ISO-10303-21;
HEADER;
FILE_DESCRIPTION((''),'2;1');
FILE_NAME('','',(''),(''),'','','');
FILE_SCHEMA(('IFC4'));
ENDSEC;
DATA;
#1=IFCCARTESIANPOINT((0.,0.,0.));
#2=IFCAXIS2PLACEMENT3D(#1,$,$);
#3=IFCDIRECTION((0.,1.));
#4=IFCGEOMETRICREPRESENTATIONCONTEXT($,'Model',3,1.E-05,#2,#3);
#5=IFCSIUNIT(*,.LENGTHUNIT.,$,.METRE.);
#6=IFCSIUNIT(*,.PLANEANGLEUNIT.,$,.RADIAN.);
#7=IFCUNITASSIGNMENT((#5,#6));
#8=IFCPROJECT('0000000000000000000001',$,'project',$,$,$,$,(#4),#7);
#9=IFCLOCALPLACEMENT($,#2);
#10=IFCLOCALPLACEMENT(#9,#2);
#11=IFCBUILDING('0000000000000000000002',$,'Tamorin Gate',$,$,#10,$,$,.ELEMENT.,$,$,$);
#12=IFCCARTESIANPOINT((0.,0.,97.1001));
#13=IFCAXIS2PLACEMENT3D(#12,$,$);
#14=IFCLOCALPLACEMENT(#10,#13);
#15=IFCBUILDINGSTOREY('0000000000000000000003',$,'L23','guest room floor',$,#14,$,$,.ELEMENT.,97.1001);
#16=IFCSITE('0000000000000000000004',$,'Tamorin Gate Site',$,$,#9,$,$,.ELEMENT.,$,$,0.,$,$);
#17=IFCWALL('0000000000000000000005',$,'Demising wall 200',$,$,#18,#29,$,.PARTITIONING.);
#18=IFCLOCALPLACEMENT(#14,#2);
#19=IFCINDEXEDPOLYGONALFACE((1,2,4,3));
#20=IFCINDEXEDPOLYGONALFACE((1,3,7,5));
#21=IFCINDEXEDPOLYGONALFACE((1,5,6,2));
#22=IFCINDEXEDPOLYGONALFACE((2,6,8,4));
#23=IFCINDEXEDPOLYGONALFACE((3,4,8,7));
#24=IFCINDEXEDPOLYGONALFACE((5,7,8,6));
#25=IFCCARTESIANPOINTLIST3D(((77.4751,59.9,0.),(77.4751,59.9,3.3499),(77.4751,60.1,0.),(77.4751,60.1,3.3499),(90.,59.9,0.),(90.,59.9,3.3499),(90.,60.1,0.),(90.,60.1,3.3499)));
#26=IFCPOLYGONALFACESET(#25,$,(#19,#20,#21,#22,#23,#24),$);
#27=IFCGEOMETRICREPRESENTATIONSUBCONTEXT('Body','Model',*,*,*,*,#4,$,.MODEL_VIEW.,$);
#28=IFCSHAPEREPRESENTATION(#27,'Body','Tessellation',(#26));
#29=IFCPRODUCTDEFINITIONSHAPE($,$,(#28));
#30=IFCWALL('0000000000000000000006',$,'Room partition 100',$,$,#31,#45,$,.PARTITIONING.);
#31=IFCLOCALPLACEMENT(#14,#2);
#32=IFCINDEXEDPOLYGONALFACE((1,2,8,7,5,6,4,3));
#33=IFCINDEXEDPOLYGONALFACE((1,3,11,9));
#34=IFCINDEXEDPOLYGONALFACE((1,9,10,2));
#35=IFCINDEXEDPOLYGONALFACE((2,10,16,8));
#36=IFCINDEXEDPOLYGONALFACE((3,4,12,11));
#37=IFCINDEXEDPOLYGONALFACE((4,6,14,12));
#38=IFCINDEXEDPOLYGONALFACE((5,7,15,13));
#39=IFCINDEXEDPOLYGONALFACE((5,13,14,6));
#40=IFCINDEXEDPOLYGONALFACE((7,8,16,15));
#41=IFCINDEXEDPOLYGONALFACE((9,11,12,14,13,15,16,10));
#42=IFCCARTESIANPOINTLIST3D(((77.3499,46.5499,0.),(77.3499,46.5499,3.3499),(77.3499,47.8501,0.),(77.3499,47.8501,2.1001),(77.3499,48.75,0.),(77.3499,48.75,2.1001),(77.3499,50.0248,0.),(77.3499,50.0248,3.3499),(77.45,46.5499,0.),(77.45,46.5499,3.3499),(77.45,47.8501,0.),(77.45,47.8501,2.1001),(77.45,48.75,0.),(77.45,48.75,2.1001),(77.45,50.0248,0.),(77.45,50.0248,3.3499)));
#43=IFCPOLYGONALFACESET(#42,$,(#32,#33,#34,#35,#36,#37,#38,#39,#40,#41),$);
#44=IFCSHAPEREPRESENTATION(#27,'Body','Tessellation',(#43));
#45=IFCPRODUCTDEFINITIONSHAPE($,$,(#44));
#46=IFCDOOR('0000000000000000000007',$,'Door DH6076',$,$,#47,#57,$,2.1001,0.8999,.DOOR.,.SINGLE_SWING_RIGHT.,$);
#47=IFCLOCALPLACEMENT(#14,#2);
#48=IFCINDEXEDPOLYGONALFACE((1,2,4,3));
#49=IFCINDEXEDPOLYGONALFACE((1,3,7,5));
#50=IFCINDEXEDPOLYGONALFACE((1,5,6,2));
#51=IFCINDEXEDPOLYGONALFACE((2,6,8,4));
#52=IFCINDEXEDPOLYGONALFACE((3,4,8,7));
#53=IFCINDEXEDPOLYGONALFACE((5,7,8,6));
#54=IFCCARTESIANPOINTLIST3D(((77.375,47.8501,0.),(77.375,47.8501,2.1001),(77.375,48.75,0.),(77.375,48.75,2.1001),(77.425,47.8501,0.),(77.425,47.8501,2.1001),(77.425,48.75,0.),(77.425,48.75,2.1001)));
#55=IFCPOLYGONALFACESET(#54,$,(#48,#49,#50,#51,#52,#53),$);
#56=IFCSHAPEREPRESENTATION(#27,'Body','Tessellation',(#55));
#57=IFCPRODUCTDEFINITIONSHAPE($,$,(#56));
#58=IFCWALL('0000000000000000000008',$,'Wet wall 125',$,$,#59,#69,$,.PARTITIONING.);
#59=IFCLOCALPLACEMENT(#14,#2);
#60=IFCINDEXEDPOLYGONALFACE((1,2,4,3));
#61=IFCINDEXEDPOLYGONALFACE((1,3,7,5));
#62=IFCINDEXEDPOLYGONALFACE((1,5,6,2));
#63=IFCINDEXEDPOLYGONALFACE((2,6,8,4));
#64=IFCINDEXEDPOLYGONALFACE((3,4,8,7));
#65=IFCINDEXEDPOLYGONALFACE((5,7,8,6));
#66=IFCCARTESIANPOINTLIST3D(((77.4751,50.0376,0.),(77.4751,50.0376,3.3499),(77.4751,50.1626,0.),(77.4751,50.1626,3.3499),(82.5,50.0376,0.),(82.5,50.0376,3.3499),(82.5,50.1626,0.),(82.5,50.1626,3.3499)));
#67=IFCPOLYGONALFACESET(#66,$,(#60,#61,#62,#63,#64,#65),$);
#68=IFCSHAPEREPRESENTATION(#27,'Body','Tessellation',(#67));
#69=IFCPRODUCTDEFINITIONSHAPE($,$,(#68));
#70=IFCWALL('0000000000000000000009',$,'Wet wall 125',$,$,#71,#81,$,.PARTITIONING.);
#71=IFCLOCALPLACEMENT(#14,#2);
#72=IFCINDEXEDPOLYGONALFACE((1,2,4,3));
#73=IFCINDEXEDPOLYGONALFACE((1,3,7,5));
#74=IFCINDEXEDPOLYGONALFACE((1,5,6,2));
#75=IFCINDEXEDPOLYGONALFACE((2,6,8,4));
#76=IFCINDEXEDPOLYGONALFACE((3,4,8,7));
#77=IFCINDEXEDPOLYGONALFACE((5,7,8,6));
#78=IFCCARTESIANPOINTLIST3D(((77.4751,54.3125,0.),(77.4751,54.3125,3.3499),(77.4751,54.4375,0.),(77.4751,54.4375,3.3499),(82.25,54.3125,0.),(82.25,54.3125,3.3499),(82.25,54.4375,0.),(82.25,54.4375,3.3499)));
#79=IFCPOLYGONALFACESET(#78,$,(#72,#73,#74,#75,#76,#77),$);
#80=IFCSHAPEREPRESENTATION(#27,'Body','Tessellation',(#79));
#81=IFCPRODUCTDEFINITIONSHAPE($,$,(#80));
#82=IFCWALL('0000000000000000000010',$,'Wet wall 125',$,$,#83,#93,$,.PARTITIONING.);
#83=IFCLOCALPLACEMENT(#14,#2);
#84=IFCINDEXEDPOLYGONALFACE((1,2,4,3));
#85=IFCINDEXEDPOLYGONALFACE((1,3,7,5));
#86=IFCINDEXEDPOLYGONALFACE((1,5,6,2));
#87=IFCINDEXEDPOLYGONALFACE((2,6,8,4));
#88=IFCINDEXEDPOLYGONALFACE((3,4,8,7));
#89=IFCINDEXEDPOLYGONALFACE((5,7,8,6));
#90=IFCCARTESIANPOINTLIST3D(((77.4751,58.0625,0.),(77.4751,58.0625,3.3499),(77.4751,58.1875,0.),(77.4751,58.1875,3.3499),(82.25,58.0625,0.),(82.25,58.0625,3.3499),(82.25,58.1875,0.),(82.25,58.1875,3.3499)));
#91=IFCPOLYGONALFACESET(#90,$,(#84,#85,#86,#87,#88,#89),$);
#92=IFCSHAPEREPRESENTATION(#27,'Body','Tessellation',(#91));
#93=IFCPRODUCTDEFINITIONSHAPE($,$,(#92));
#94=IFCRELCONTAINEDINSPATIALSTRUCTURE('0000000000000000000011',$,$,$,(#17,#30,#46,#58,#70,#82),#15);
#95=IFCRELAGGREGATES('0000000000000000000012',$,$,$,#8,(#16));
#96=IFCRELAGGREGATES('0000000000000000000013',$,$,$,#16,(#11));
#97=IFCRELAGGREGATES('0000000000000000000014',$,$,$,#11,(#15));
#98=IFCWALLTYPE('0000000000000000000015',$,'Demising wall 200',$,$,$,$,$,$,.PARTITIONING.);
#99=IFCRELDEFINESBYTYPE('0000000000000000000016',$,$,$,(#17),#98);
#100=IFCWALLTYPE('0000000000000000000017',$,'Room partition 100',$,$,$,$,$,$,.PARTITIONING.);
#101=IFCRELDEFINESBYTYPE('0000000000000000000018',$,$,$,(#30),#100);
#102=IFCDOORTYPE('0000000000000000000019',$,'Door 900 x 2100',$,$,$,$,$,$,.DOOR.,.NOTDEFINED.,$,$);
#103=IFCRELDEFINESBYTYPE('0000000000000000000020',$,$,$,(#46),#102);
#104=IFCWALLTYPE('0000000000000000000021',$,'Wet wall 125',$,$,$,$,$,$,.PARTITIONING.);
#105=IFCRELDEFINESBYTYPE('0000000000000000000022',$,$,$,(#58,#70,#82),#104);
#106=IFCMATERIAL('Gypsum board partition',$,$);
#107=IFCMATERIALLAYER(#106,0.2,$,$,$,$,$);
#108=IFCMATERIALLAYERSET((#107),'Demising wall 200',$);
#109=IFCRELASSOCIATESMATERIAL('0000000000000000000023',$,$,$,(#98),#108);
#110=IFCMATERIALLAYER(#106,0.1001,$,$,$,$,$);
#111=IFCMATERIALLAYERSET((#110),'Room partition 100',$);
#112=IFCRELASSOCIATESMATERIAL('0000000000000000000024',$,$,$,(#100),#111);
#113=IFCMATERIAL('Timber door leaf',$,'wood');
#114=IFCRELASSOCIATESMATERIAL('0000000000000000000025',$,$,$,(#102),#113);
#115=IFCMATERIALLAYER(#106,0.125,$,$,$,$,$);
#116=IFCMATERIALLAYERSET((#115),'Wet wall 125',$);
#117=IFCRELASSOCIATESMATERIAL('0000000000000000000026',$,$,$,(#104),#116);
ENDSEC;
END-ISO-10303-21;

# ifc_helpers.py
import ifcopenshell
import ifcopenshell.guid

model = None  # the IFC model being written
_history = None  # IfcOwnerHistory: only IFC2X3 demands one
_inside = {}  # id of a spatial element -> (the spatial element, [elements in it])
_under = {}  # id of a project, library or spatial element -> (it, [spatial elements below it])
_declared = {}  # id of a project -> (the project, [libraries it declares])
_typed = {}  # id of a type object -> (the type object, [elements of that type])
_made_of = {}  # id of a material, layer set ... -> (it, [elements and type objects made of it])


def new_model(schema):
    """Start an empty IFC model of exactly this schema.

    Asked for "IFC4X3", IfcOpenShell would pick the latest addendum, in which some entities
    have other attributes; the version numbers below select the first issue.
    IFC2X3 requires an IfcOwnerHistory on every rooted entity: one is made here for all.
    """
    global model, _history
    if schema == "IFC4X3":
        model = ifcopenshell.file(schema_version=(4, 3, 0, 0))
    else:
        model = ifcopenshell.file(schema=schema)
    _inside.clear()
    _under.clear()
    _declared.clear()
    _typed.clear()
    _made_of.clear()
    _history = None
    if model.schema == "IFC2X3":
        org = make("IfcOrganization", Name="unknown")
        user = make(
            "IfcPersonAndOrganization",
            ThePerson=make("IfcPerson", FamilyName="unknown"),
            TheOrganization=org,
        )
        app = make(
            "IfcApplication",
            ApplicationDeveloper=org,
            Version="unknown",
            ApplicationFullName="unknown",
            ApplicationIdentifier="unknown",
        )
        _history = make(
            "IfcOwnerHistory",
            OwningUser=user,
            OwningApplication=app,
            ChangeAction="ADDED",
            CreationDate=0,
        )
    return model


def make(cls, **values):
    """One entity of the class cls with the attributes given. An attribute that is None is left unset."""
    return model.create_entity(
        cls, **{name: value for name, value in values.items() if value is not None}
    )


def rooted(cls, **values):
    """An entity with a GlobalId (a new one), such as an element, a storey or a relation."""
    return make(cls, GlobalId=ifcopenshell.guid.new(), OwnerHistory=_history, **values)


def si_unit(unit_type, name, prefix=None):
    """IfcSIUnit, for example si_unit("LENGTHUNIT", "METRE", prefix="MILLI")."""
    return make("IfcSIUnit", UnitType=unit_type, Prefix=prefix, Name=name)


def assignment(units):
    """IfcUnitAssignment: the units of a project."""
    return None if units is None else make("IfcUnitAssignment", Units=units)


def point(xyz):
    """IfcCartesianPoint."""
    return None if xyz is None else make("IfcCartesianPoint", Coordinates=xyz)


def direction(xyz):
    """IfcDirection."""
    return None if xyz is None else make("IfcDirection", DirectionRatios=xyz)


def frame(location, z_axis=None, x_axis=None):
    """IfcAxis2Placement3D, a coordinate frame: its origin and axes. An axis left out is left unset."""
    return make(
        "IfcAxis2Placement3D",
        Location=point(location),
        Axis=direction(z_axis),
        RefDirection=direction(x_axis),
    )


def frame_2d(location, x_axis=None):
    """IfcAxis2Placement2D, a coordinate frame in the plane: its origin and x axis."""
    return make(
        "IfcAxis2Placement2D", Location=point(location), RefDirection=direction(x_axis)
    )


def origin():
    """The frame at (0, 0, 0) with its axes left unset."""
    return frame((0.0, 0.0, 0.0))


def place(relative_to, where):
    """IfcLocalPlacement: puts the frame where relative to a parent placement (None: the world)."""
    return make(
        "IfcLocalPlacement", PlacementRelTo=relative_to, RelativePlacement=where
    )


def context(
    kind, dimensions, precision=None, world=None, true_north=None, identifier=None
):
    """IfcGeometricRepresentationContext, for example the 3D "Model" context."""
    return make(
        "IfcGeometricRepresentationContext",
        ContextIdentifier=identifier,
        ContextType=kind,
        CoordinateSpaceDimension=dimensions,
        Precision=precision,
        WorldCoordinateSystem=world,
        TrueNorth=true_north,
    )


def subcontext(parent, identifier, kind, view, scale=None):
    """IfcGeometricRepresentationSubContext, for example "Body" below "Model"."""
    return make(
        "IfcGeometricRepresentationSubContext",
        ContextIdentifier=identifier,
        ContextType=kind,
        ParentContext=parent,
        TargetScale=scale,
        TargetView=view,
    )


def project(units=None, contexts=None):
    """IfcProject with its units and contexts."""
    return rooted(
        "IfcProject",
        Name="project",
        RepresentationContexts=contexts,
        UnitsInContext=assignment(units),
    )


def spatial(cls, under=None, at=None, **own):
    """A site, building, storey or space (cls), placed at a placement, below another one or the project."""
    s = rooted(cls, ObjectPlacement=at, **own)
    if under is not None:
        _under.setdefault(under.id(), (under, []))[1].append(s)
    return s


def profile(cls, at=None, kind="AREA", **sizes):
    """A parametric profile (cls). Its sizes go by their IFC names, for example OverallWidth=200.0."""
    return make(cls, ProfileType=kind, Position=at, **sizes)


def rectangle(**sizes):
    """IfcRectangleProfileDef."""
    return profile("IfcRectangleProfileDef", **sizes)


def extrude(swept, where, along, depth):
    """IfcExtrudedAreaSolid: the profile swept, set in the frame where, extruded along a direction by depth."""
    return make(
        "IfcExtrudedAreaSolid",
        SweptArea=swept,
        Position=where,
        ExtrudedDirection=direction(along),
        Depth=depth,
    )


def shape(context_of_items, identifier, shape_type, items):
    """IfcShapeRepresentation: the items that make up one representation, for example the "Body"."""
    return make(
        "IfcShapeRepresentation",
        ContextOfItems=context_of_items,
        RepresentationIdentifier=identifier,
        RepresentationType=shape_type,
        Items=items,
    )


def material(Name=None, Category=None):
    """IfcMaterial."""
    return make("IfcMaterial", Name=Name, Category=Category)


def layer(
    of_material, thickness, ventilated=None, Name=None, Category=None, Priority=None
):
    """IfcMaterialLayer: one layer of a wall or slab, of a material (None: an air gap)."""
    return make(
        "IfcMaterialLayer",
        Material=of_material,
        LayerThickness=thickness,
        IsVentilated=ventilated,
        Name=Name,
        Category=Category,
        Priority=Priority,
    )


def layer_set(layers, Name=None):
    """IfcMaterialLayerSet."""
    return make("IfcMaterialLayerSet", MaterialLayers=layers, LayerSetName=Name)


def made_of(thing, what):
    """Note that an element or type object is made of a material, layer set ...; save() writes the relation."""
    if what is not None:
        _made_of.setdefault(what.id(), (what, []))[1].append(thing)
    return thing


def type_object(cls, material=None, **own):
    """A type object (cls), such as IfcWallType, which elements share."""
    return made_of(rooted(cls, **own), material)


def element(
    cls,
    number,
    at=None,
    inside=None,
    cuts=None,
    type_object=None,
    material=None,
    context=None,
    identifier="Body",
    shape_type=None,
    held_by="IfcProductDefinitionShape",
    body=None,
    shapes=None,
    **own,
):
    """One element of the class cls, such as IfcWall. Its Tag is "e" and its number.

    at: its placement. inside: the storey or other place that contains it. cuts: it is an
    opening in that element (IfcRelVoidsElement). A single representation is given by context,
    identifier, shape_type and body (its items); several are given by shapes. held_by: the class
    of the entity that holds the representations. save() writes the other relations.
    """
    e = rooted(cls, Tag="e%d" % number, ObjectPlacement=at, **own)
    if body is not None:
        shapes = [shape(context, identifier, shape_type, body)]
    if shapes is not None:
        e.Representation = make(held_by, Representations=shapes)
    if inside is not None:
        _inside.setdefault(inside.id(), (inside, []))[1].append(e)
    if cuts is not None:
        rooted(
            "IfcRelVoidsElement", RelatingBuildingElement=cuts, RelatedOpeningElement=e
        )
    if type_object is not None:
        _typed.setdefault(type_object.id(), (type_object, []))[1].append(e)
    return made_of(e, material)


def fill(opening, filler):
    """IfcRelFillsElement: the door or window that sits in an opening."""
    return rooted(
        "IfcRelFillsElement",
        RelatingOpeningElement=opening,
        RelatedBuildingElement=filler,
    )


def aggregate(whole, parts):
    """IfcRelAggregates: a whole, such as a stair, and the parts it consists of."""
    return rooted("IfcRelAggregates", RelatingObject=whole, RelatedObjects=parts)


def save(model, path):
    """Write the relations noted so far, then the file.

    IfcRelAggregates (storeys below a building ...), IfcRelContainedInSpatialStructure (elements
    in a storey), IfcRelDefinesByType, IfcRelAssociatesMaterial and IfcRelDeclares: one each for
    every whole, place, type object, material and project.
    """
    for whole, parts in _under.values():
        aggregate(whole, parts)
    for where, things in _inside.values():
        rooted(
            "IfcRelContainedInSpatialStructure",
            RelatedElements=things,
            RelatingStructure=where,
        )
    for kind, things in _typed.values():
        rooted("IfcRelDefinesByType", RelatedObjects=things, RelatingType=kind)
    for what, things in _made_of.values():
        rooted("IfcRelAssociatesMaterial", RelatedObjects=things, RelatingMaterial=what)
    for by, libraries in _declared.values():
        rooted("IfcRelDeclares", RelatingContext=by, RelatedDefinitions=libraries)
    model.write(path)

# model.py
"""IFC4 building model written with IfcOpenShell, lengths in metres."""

from ifc_helpers import new_model, si_unit, direction, frame, frame_2d, origin, place, context, subcontext, project, spatial, rectangle, extrude, material, layer, layer_set, type_object, element, fill, save


model = new_model("IFC4")

# Units and contexts
model_context = context("Model", 3, precision=1e-05, world=origin(), true_north=direction((0.0, 1.0)))
body_context = subcontext(model_context, "Body", "Model", "MODEL_VIEW")
ifc_project = project(units=[si_unit("LENGTHUNIT", "METRE"), si_unit("PLANEANGLEUNIT", "RADIAN")], contexts=[model_context])

# Site, building, storey
site_placement = place(None, origin())
site = spatial("IfcSite", under=ifc_project, at=site_placement, Name="Tamorin Gate Site", CompositionType="ELEMENT", RefElevation=0.0)
building_placement = place(site_placement, origin())
building = spatial("IfcBuilding", under=site, at=building_placement, Name="Tamorin Gate", CompositionType="ELEMENT")
storey_placement = place(building_placement, frame((0.0, 0.0, 97.1001)))
storey = spatial("IfcBuildingStorey", under=building, at=storey_placement, Name="L23", Description="guest room floor", CompositionType="ELEMENT", Elevation=97.1001)

# Shared definitions
ifc_material_1 = material(Name="Gypsum board partition")
ifc_material_2 = material(Name="Timber door leaf", Category="wood")

# Wall
ifc_layer_1 = layer(ifc_material_1, 0.2)
ifc_layer_set_1 = layer_set([ifc_layer_1], Name="Demising wall 200")
wall_type_1 = type_object("IfcWallType", Name="Demising wall 200", PredefinedType="PARTITIONING", material=ifc_layer_set_1)
wall_1_placement = place(storey_placement, frame((77.4751, 60.0, 0.0), z_axis=(0.0, 0.0, 1.0), x_axis=(1.0, 0.0, 0.0)))
element("IfcWall", 1, at=wall_1_placement, inside=storey, type_object=wall_type_1, Name="Demising wall 200", PredefinedType="PARTITIONING", context=body_context, shape_type="SweptSolid", body=[
    extrude(rectangle(XDim=12.5249, YDim=0.2, at=frame_2d((6.2625, 0.0))), origin(), (0.0, 0.0, 1.0), 3.3499),
])

# Wall, opening, door
ifc_layer_2 = layer(ifc_material_1, 0.1001)
ifc_layer_set_2 = layer_set([ifc_layer_2], Name="Room partition 100")
wall_type_2 = type_object("IfcWallType", Name="Room partition 100", PredefinedType="PARTITIONING", material=ifc_layer_set_2)
wall_2_placement = place(storey_placement, frame((77.3999, 46.55, 0.0), z_axis=(0.0, 0.0, 1.0), x_axis=(0.0, 1.0, 0.0)))
wall_2 = element("IfcWall", 2, at=wall_2_placement, inside=storey, type_object=wall_type_2, Name="Room partition 100", PredefinedType="PARTITIONING", context=body_context, shape_type="SweptSolid", body=[
    extrude(rectangle(XDim=3.4749, YDim=0.1001, at=frame_2d((1.7373, 0.0))), origin(), (0.0, 0.0, 1.0), 3.3499),
])
opening_1_placement = place(wall_2_placement, frame((1.3, 0.0, 0.0)))
opening_1 = element("IfcOpeningElement", 3, at=opening_1_placement, cuts=wall_2, PredefinedType="OPENING", context=body_context, shape_type="SweptSolid", body=[
    extrude(rectangle(XDim=0.8999, YDim=2.1001, at=frame_2d((0.45, 1.05))), frame((0.0, 0.0601, 0.0), z_axis=(0.0, -1.0, 0.0), x_axis=(1.0, 0.0, 0.0)), (0.0, 0.0, 1.0), 0.1201),
])
door_type_1 = type_object("IfcDoorType", Name="Door 900 x 2100", OperationType="NOTDEFINED", PredefinedType="DOOR", material=ifc_material_2)
door_1_placement = place(opening_1_placement, origin())
door_1 = element("IfcDoor", 4, at=door_1_placement, inside=storey, type_object=door_type_1, Name="Door DH6076", OperationType="SINGLE_SWING_RIGHT", OverallHeight=2.1001, OverallWidth=0.8999, PredefinedType="DOOR", context=body_context, shape_type="SweptSolid", body=[
    extrude(rectangle(XDim=0.8999, YDim=2.1001, at=frame_2d((0.45, 1.05))), frame((0.0, 0.0249, 0.0), z_axis=(0.0, -1.0, 0.0), x_axis=(1.0, 0.0, 0.0)), (0.0, 0.0, 1.0), 0.05),
])
fill(opening_1, door_1)

# Walls
ifc_layer_3 = layer(ifc_material_1, 0.125)
ifc_layer_set_3 = layer_set([ifc_layer_3], Name="Wet wall 125")
wall_type_3 = type_object("IfcWallType", Name="Wet wall 125", PredefinedType="PARTITIONING", material=ifc_layer_set_3)
wall_3_placement = place(storey_placement, frame((77.4751, 50.1001, 0.0), z_axis=(0.0, 0.0, 1.0), x_axis=(1.0, 0.0, 0.0)))
element("IfcWall", 5, at=wall_3_placement, inside=storey, type_object=wall_type_3, Name="Wet wall 125", PredefinedType="PARTITIONING", context=body_context, shape_type="SweptSolid", body=[
    extrude(rectangle(XDim=5.0249, YDim=0.125, at=frame_2d((2.5125, 0.0))), origin(), (0.0, 0.0, 1.0), 3.3499),
])
for number, where, z_axis, x_axis, name in (
    (6, (77.4751, 54.375, 0.0), (0.0, 0.0, 1.0), (1.0, 0.0, 0.0), "Wet wall 125"),
    (7, (77.4751, 58.125, 0.0), (0.0, 0.0, 1.0), (1.0, 0.0, 0.0), "Wet wall 125"),
):
    element("IfcWall", number, at=place(storey_placement, frame(where, z_axis=z_axis, x_axis=x_axis)), inside=storey, type_object=wall_type_3, Name=name, PredefinedType="PARTITIONING", context=body_context, shape_type="SweptSolid", body=[
        extrude(rectangle(XDim=4.7749, YDim=0.125, at=frame_2d((2.3875, 0.0))), origin(), (0.0, 0.0, 1.0), 3.3499),
    ])

save(model, "model.ifc")
